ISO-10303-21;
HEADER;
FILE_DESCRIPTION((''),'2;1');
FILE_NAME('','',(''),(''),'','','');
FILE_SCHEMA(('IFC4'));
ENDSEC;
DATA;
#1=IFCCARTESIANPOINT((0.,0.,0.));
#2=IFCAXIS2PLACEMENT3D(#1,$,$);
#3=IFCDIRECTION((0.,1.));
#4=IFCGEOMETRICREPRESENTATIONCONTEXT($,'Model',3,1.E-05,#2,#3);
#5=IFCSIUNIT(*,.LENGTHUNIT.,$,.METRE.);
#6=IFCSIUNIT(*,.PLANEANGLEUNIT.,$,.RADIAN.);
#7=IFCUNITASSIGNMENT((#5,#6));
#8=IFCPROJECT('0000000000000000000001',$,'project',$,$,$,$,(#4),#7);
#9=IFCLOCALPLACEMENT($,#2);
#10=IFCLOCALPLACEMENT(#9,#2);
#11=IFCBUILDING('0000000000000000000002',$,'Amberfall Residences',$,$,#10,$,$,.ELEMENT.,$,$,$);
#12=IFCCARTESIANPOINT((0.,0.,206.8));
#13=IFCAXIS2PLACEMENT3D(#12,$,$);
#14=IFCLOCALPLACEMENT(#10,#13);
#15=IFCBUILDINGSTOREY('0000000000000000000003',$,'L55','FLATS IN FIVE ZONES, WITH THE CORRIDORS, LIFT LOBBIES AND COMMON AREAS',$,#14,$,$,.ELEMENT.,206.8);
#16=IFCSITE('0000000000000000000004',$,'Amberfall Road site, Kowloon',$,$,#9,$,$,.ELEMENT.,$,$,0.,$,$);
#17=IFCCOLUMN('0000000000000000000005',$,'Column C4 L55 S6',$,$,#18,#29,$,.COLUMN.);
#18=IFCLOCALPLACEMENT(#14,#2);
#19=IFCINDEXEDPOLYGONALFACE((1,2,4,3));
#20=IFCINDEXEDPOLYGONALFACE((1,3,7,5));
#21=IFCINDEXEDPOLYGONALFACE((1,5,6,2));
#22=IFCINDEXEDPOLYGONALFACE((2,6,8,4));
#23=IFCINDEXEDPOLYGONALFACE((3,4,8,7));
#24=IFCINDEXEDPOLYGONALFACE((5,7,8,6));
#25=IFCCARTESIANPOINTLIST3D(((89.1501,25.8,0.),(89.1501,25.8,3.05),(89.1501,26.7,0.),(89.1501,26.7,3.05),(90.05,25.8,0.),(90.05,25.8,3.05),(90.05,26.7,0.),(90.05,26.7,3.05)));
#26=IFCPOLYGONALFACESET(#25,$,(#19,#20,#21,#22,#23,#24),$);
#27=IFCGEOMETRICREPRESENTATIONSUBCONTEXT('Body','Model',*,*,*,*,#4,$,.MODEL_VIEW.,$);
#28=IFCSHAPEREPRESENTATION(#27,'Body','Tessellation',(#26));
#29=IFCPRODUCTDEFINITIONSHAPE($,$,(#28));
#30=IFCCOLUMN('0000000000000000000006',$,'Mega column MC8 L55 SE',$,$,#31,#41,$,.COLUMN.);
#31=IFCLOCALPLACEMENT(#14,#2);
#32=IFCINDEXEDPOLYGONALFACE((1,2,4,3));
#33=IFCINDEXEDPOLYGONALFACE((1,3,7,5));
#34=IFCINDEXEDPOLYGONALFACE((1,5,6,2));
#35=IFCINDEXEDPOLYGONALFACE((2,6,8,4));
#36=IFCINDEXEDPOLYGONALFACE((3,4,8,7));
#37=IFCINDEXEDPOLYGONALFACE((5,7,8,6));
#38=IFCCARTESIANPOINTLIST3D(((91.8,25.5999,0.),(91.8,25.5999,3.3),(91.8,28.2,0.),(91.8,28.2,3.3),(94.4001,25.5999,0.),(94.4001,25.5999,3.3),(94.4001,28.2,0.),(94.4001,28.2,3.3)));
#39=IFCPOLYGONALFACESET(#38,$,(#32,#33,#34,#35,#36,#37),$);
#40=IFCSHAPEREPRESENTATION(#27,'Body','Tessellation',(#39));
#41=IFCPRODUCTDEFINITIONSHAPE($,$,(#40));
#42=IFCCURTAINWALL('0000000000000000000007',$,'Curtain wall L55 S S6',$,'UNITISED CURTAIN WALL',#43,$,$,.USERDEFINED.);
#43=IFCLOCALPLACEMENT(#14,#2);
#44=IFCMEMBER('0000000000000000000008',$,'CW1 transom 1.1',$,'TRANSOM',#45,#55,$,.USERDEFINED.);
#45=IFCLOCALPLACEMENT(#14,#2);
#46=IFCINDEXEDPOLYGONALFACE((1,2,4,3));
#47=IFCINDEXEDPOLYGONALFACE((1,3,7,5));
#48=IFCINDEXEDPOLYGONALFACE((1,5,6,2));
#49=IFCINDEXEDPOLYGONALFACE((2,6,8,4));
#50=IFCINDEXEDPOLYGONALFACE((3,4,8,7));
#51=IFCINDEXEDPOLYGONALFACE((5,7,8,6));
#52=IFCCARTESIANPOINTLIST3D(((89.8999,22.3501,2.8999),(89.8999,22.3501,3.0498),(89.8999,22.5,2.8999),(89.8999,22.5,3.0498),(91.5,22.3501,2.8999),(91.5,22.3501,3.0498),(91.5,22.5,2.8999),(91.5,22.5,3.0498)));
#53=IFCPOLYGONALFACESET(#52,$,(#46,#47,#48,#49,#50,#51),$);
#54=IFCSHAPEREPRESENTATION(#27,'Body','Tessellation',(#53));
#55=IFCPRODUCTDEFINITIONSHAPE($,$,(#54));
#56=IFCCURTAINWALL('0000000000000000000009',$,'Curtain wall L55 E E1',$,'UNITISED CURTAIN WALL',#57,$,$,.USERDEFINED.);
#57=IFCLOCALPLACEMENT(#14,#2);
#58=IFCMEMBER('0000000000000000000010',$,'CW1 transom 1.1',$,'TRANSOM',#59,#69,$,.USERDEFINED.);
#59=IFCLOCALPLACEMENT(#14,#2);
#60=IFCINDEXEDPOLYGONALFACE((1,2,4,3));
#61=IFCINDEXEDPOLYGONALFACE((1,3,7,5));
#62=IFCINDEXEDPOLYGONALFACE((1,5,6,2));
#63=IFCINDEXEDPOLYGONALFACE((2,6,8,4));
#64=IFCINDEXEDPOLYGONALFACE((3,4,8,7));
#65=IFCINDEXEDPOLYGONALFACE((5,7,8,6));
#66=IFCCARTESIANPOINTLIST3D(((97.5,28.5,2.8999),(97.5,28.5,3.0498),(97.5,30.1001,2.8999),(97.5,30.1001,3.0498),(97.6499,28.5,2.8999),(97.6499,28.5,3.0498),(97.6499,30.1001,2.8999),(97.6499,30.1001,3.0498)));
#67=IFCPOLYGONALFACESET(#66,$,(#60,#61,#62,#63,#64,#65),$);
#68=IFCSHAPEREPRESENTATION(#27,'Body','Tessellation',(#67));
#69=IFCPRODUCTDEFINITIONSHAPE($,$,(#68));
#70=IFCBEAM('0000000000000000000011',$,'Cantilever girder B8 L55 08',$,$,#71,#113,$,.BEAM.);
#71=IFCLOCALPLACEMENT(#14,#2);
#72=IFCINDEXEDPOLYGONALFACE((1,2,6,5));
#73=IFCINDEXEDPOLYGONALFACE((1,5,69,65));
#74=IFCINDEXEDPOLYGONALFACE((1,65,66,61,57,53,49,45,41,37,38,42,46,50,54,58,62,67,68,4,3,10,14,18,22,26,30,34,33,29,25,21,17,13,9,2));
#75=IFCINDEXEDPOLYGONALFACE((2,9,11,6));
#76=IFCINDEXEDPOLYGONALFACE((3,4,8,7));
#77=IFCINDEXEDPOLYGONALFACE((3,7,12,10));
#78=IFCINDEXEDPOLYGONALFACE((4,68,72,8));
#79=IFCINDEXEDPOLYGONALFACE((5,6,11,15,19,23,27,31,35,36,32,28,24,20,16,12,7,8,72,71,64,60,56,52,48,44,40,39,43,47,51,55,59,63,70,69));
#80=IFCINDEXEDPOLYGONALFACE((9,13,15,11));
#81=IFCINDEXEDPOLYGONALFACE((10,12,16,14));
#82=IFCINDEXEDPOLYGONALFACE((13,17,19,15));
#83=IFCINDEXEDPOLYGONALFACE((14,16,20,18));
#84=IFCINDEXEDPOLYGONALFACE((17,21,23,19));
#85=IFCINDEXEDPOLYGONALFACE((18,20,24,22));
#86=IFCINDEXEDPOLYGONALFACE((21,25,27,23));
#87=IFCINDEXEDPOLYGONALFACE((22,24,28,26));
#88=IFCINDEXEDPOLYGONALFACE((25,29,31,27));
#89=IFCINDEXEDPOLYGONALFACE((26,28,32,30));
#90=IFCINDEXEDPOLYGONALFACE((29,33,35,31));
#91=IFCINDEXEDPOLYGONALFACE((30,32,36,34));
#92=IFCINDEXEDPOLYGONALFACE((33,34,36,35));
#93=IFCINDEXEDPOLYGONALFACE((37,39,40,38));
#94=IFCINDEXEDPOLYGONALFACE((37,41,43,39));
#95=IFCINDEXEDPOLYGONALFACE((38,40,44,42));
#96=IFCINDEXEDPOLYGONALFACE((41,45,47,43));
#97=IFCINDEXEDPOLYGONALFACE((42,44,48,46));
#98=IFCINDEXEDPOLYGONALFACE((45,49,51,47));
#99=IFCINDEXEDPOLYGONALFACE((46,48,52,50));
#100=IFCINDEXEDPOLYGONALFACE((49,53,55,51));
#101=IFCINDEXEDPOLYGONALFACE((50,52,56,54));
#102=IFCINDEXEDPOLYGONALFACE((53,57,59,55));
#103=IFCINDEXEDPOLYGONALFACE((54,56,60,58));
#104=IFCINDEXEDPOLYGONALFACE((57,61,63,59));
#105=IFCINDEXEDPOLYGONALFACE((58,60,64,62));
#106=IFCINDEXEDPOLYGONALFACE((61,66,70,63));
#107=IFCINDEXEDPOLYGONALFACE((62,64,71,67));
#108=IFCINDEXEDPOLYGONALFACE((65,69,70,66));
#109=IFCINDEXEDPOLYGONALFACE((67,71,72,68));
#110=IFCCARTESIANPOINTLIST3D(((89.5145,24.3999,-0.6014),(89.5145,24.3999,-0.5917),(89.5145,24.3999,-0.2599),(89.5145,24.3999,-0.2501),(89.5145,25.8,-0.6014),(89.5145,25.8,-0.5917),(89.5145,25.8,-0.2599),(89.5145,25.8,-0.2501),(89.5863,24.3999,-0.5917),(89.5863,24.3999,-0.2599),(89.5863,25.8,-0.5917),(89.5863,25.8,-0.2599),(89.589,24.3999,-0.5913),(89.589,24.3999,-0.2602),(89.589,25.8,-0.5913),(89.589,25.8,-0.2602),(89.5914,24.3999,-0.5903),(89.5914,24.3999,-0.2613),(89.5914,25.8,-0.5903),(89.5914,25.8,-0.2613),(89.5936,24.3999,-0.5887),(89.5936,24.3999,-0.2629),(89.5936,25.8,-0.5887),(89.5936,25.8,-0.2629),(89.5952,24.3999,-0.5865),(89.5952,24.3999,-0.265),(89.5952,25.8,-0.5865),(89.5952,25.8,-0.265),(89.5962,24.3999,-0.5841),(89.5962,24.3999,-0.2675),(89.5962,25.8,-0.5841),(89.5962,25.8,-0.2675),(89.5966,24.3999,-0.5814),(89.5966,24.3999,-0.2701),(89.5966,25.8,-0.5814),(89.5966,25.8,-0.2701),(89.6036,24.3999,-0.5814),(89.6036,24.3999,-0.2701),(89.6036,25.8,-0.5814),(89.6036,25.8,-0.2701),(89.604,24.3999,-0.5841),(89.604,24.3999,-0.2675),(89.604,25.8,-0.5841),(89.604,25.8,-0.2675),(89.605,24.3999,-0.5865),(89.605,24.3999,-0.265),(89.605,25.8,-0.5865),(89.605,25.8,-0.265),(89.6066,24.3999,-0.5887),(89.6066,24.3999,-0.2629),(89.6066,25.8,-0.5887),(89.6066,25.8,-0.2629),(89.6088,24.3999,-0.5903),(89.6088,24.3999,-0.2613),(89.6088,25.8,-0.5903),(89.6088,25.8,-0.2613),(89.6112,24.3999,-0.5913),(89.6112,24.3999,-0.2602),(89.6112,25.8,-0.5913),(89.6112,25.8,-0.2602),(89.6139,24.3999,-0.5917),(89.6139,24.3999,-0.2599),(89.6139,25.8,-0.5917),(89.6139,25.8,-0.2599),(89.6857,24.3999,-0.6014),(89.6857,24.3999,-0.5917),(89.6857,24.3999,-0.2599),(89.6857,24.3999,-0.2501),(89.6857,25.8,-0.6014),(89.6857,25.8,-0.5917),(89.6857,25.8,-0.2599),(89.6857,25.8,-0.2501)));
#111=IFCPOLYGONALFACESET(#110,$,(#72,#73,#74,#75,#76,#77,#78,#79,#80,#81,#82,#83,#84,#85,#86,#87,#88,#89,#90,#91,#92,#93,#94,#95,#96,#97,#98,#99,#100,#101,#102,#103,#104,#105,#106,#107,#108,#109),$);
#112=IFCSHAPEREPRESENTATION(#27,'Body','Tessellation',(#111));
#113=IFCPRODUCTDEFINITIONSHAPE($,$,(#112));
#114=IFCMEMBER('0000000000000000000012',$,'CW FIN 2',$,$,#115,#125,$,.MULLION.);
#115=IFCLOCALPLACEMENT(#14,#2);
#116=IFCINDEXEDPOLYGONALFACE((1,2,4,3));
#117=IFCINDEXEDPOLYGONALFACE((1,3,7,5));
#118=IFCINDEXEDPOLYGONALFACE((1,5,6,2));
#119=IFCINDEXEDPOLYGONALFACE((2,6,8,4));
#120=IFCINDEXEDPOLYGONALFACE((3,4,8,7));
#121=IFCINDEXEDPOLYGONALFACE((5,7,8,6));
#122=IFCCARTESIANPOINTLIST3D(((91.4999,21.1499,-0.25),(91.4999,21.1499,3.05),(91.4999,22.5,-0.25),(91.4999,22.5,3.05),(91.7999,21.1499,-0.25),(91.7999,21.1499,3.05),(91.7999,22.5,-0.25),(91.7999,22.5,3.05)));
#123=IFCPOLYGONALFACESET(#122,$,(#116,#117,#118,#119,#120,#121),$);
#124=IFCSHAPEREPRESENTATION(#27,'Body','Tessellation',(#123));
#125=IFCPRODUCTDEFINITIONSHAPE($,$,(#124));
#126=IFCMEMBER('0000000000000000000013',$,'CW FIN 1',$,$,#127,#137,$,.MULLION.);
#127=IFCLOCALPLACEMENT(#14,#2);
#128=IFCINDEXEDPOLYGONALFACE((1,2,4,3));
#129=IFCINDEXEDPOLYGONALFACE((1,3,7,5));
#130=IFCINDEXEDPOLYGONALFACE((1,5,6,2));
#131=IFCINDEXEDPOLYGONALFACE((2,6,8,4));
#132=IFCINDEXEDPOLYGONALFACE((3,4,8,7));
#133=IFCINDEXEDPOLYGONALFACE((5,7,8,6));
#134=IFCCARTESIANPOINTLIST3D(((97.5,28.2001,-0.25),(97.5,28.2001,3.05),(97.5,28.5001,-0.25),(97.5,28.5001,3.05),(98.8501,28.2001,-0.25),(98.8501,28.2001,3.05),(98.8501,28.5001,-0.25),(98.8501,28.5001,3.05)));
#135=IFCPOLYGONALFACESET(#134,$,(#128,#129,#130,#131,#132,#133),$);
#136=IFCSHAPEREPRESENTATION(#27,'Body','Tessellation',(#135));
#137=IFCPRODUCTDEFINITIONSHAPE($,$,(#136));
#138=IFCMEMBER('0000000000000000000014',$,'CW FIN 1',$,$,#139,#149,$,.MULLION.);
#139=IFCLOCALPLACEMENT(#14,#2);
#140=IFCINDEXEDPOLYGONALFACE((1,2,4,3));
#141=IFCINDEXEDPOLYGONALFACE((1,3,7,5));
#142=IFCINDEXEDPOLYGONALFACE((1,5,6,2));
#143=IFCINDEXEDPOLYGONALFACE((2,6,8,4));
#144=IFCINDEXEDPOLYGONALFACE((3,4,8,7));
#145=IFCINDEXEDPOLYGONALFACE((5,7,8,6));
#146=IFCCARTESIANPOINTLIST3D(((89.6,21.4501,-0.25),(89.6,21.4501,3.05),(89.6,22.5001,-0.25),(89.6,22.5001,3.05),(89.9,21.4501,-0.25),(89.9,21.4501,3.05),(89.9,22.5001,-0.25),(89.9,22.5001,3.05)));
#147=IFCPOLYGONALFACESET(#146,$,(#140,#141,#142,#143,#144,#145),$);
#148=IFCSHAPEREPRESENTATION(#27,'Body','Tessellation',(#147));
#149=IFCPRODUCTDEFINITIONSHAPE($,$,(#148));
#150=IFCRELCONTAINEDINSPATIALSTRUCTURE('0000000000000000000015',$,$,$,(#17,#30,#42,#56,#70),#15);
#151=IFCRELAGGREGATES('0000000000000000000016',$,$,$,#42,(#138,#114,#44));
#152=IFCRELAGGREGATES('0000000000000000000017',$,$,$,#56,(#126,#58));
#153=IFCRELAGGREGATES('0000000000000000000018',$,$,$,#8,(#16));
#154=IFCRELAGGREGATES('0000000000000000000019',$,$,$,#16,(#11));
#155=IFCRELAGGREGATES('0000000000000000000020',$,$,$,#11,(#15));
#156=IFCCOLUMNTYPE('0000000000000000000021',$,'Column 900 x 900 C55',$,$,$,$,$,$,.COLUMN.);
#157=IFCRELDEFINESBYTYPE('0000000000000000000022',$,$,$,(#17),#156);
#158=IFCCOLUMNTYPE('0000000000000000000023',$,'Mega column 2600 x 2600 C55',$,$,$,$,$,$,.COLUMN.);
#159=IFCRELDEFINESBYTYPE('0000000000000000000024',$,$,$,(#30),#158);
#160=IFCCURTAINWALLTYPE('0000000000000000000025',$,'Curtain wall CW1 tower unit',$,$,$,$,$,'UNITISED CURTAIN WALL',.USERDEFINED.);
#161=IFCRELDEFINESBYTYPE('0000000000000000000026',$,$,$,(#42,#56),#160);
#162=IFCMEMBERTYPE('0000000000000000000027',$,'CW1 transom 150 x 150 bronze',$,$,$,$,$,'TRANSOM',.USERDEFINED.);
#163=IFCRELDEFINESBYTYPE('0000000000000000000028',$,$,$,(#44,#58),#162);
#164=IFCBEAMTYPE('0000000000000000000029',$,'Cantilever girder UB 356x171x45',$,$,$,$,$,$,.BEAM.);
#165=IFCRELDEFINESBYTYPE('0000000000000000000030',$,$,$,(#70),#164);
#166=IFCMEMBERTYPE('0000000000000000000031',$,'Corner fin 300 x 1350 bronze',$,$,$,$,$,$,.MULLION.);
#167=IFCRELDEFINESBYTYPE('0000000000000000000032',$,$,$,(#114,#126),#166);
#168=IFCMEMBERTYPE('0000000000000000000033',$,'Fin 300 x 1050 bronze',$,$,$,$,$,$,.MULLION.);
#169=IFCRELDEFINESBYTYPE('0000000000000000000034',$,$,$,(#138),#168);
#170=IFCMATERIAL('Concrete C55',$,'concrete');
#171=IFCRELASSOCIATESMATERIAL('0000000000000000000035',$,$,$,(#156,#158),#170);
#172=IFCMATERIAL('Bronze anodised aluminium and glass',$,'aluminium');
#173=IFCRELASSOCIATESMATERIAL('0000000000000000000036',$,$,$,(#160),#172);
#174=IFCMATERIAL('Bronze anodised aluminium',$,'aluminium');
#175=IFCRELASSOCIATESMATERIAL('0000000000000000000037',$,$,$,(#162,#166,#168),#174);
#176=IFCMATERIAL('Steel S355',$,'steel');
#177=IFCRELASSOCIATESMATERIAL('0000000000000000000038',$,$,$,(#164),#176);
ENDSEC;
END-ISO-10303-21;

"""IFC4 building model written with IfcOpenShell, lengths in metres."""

from ifc_helpers import new_model, si_unit, direction, frame, origin, origin_2d, place, context, subcontext, project, spatial, rectangle, i_section, extrude, material, material_profile, profile_set, type_object, element, aggregate, save


model = new_model("IFC4")

# Units and contexts
model_context = context("Model", 3, precision=1e-05, world=origin(), true_north=direction((0.0, 1.0)))
body_context = subcontext(model_context, "Body", "Model", "MODEL_VIEW")
ifc_project = project(units=[si_unit("LENGTHUNIT", "METRE"), si_unit("PLANEANGLEUNIT", "RADIAN")], contexts=[model_context])

# Site, building, storey
site_placement = place(None, origin())
site = spatial("IfcSite", under=ifc_project, at=site_placement, Name="Amberfall Road site, Kowloon", CompositionType="ELEMENT", RefElevation=0.0)
building_placement = place(site_placement, origin())
building = spatial("IfcBuilding", under=site, at=building_placement, Name="Amberfall Residences", CompositionType="ELEMENT")
storey_placement = place(building_placement, frame((0.0, 0.0, 206.8)))
storey = spatial("IfcBuildingStorey", under=building, at=storey_placement, Name="L55", Description="FLATS IN FIVE ZONES, WITH THE CORRIDORS, LIFT LOBBIES AND COMMON AREAS", CompositionType="ELEMENT", Elevation=206.8)

# Columns
ifc_material_1 = material(Name="Concrete C55", Category="concrete")
ifc_material_profile_1 = material_profile(ifc_material_1, rectangle(XDim=0.8999, YDim=0.8999, at=origin_2d()), Name="Column 900 x 900 C55")
ifc_profile_set_1 = profile_set([ifc_material_profile_1], Name="Concrete C55")
column_type_1 = type_object("IfcColumnType", Name="Column 900 x 900 C55", PredefinedType="COLUMN", material=ifc_profile_set_1)
column_1_placement = place(storey_placement, frame((89.6001, 26.25, 0.0), z_axis=(0.0, 0.0, 1.0), x_axis=(1.0, 0.0, 0.0)))
element("IfcColumn", 1, at=column_1_placement, inside=storey, type_object=column_type_1, Name="Column C4 L55 S6", PredefinedType="COLUMN", context=body_context, shape_type="SweptSolid", body=[
    extrude(rectangle(XDim=0.8999, YDim=0.8999, at=origin_2d()), origin(), (0.0, 0.0, 1.0), 3.05),
])
ifc_material_profile_2 = material_profile(ifc_material_1, rectangle(XDim=2.6001, YDim=2.6001, at=origin_2d()), Name="Mega column 2600 x 2600 C55")
ifc_profile_set_2 = profile_set([ifc_material_profile_2], Name="Concrete C55")
column_type_2 = type_object("IfcColumnType", Name="Mega column 2600 x 2600 C55", PredefinedType="COLUMN", material=ifc_profile_set_2)
column_2_placement = place(storey_placement, frame((93.1001, 26.8999, 0.0), z_axis=(0.0, 0.0, 1.0), x_axis=(1.0, 0.0, 0.0)))
element("IfcColumn", 2, at=column_2_placement, inside=storey, type_object=column_type_2, Name="Mega column MC8 L55 SE", PredefinedType="COLUMN", context=body_context, shape_type="SweptSolid", body=[
    extrude(rectangle(XDim=2.6001, YDim=2.6001, at=origin_2d()), origin(), (0.0, 0.0, 1.0), 3.3),
])

# Curtain walls, members
ifc_material_2 = material(Name="Bronze anodised aluminium and glass", Category="aluminium")
curtain_wall_type = type_object("IfcCurtainWallType", Name="Curtain wall CW1 tower unit", ElementType="UNITISED CURTAIN WALL", PredefinedType="USERDEFINED", material=ifc_material_2)
curtain_wall_1_placement = place(storey_placement, origin())
curtain_wall_1 = element("IfcCurtainWall", 3, at=curtain_wall_1_placement, inside=storey, type_object=curtain_wall_type, Name="Curtain wall L55 S S6", ObjectType="UNITISED CURTAIN WALL", PredefinedType="USERDEFINED")
ifc_material_3 = material(Name="Bronze anodised aluminium", Category="aluminium")
ifc_material_profile_3 = material_profile(ifc_material_3, rectangle(XDim=0.1499, YDim=0.1499, at=origin_2d()), Name="CW1 transom 150 x 150 bronze")
ifc_profile_set_3 = profile_set([ifc_material_profile_3], Name="Bronze anodised aluminium")
member_type_1 = type_object("IfcMemberType", Name="CW1 transom 150 x 150 bronze", ElementType="TRANSOM", PredefinedType="USERDEFINED", material=ifc_profile_set_3)
member_1_placement = place(storey_placement, frame((89.8999, 22.425, 2.9749), z_axis=(1.0, 0.0, 0.0), x_axis=(0.0, 1.0, 0.0)))
member_1 = element("IfcMember", 4, at=member_1_placement, type_object=member_type_1, Name="CW1 transom 1.1", ObjectType="TRANSOM", PredefinedType="USERDEFINED", context=body_context, shape_type="SweptSolid", body=[
    extrude(rectangle(XDim=0.1499, YDim=0.1499, at=origin_2d()), origin(), (0.0, 0.0, 1.0), 1.6001),
])
curtain_wall_2_placement = place(storey_placement, origin())
curtain_wall_2 = element("IfcCurtainWall", 5, at=curtain_wall_2_placement, inside=storey, type_object=curtain_wall_type, Name="Curtain wall L55 E E1", ObjectType="UNITISED CURTAIN WALL", PredefinedType="USERDEFINED")
member_2_placement = place(storey_placement, frame((97.575, 28.5, 2.9749), z_axis=(0.0, 1.0, 0.0), x_axis=(-1.0, 0.0, 0.0)))
member_2 = element("IfcMember", 6, at=member_2_placement, type_object=member_type_1, Name="CW1 transom 1.1", ObjectType="TRANSOM", PredefinedType="USERDEFINED", context=body_context, shape_type="SweptSolid", body=[
    extrude(rectangle(XDim=0.1499, YDim=0.1499, at=origin_2d()), origin(), (0.0, 0.0, 1.0), 1.6001),
])

# Beam
ifc_material_4 = material(Name="Steel S355", Category="steel")
ifc_material_profile_4 = material_profile(ifc_material_4, i_section(OverallWidth=0.1711, OverallDepth=0.3513, WebThickness=0.0071, FlangeThickness=0.0098, FilletRadius=0.0103, at=origin_2d()), Name="UB 356x171x45")
ifc_profile_set_4 = profile_set([ifc_material_profile_4], Name="Steel S355")
beam_type_1 = type_object("IfcBeamType", Name="Cantilever girder UB 356x171x45", PredefinedType="BEAM", material=ifc_profile_set_4)
beam_1_placement = place(storey_placement, frame((89.6001, 25.8, -0.4258), z_axis=(0.0, -1.0, 0.0), x_axis=(1.0, 0.0, 0.0)))
element("IfcBeam", 7, at=beam_1_placement, inside=storey, type_object=beam_type_1, Name="Cantilever girder B8 L55 08", PredefinedType="BEAM", context=body_context, shape_type="SweptSolid", body=[
    extrude(i_section(OverallWidth=0.1711, OverallDepth=0.3513, WebThickness=0.0071, FlangeThickness=0.0098, FilletRadius=0.0103, at=origin_2d()), origin(), (0.0, 0.0, 1.0), 1.4001),
])

# Members
ifc_material_profile_5 = material_profile(ifc_material_3, rectangle(XDim=1.3501, YDim=0.3, at=origin_2d()), Name="Corner fin 300 x 1350 bronze")
ifc_profile_set_5 = profile_set([ifc_material_profile_5], Name="Bronze anodised aluminium")
member_type_2 = type_object("IfcMemberType", Name="Corner fin 300 x 1350 bronze", PredefinedType="MULLION", material=ifc_profile_set_5)
member_3_placement = place(storey_placement, frame((91.6499, 21.825, -0.25), z_axis=(0.0, 0.0, 1.0), x_axis=(0.0, 1.0, 0.0)))
member_3 = element("IfcMember", 8, at=member_3_placement, type_object=member_type_2, Name="CW FIN 2", PredefinedType="MULLION", context=body_context, shape_type="SweptSolid", body=[
    extrude(rectangle(XDim=1.3501, YDim=0.3, at=origin_2d()), origin(), (0.0, 0.0, 1.0), 3.3),
])
member_4_placement = place(storey_placement, frame((98.175, 28.3501, -0.25), z_axis=(0.0, 0.0, 1.0), x_axis=(-1.0, 0.0, 0.0)))
member_4 = element("IfcMember", 9, at=member_4_placement, type_object=member_type_2, Name="CW FIN 1", PredefinedType="MULLION", context=body_context, shape_type="SweptSolid", body=[
    extrude(rectangle(XDim=1.3501, YDim=0.3, at=origin_2d()), origin(), (0.0, 0.0, 1.0), 3.3),
])
ifc_material_profile_6 = material_profile(ifc_material_3, rectangle(XDim=1.05, YDim=0.3, at=origin_2d()), Name="Fin 300 x 1050 bronze")
ifc_profile_set_6 = profile_set([ifc_material_profile_6], Name="Bronze anodised aluminium")
member_type_3 = type_object("IfcMemberType", Name="Fin 300 x 1050 bronze", PredefinedType="MULLION", material=ifc_profile_set_6)
member_5_placement = place(storey_placement, frame((89.75, 21.9751, -0.25), z_axis=(0.0, 0.0, 1.0), x_axis=(0.0, 1.0, 0.0)))
member_5 = element("IfcMember", 10, at=member_5_placement, type_object=member_type_3, Name="CW FIN 1", PredefinedType="MULLION", context=body_context, shape_type="SweptSolid", body=[
    extrude(rectangle(XDim=1.05, YDim=0.3, at=origin_2d()), origin(), (0.0, 0.0, 1.0), 3.3),
])

aggregate(curtain_wall_1, [member_5, member_3, member_1])
aggregate(curtain_wall_2, [member_4, member_2])

save(model, "model.ifc")
